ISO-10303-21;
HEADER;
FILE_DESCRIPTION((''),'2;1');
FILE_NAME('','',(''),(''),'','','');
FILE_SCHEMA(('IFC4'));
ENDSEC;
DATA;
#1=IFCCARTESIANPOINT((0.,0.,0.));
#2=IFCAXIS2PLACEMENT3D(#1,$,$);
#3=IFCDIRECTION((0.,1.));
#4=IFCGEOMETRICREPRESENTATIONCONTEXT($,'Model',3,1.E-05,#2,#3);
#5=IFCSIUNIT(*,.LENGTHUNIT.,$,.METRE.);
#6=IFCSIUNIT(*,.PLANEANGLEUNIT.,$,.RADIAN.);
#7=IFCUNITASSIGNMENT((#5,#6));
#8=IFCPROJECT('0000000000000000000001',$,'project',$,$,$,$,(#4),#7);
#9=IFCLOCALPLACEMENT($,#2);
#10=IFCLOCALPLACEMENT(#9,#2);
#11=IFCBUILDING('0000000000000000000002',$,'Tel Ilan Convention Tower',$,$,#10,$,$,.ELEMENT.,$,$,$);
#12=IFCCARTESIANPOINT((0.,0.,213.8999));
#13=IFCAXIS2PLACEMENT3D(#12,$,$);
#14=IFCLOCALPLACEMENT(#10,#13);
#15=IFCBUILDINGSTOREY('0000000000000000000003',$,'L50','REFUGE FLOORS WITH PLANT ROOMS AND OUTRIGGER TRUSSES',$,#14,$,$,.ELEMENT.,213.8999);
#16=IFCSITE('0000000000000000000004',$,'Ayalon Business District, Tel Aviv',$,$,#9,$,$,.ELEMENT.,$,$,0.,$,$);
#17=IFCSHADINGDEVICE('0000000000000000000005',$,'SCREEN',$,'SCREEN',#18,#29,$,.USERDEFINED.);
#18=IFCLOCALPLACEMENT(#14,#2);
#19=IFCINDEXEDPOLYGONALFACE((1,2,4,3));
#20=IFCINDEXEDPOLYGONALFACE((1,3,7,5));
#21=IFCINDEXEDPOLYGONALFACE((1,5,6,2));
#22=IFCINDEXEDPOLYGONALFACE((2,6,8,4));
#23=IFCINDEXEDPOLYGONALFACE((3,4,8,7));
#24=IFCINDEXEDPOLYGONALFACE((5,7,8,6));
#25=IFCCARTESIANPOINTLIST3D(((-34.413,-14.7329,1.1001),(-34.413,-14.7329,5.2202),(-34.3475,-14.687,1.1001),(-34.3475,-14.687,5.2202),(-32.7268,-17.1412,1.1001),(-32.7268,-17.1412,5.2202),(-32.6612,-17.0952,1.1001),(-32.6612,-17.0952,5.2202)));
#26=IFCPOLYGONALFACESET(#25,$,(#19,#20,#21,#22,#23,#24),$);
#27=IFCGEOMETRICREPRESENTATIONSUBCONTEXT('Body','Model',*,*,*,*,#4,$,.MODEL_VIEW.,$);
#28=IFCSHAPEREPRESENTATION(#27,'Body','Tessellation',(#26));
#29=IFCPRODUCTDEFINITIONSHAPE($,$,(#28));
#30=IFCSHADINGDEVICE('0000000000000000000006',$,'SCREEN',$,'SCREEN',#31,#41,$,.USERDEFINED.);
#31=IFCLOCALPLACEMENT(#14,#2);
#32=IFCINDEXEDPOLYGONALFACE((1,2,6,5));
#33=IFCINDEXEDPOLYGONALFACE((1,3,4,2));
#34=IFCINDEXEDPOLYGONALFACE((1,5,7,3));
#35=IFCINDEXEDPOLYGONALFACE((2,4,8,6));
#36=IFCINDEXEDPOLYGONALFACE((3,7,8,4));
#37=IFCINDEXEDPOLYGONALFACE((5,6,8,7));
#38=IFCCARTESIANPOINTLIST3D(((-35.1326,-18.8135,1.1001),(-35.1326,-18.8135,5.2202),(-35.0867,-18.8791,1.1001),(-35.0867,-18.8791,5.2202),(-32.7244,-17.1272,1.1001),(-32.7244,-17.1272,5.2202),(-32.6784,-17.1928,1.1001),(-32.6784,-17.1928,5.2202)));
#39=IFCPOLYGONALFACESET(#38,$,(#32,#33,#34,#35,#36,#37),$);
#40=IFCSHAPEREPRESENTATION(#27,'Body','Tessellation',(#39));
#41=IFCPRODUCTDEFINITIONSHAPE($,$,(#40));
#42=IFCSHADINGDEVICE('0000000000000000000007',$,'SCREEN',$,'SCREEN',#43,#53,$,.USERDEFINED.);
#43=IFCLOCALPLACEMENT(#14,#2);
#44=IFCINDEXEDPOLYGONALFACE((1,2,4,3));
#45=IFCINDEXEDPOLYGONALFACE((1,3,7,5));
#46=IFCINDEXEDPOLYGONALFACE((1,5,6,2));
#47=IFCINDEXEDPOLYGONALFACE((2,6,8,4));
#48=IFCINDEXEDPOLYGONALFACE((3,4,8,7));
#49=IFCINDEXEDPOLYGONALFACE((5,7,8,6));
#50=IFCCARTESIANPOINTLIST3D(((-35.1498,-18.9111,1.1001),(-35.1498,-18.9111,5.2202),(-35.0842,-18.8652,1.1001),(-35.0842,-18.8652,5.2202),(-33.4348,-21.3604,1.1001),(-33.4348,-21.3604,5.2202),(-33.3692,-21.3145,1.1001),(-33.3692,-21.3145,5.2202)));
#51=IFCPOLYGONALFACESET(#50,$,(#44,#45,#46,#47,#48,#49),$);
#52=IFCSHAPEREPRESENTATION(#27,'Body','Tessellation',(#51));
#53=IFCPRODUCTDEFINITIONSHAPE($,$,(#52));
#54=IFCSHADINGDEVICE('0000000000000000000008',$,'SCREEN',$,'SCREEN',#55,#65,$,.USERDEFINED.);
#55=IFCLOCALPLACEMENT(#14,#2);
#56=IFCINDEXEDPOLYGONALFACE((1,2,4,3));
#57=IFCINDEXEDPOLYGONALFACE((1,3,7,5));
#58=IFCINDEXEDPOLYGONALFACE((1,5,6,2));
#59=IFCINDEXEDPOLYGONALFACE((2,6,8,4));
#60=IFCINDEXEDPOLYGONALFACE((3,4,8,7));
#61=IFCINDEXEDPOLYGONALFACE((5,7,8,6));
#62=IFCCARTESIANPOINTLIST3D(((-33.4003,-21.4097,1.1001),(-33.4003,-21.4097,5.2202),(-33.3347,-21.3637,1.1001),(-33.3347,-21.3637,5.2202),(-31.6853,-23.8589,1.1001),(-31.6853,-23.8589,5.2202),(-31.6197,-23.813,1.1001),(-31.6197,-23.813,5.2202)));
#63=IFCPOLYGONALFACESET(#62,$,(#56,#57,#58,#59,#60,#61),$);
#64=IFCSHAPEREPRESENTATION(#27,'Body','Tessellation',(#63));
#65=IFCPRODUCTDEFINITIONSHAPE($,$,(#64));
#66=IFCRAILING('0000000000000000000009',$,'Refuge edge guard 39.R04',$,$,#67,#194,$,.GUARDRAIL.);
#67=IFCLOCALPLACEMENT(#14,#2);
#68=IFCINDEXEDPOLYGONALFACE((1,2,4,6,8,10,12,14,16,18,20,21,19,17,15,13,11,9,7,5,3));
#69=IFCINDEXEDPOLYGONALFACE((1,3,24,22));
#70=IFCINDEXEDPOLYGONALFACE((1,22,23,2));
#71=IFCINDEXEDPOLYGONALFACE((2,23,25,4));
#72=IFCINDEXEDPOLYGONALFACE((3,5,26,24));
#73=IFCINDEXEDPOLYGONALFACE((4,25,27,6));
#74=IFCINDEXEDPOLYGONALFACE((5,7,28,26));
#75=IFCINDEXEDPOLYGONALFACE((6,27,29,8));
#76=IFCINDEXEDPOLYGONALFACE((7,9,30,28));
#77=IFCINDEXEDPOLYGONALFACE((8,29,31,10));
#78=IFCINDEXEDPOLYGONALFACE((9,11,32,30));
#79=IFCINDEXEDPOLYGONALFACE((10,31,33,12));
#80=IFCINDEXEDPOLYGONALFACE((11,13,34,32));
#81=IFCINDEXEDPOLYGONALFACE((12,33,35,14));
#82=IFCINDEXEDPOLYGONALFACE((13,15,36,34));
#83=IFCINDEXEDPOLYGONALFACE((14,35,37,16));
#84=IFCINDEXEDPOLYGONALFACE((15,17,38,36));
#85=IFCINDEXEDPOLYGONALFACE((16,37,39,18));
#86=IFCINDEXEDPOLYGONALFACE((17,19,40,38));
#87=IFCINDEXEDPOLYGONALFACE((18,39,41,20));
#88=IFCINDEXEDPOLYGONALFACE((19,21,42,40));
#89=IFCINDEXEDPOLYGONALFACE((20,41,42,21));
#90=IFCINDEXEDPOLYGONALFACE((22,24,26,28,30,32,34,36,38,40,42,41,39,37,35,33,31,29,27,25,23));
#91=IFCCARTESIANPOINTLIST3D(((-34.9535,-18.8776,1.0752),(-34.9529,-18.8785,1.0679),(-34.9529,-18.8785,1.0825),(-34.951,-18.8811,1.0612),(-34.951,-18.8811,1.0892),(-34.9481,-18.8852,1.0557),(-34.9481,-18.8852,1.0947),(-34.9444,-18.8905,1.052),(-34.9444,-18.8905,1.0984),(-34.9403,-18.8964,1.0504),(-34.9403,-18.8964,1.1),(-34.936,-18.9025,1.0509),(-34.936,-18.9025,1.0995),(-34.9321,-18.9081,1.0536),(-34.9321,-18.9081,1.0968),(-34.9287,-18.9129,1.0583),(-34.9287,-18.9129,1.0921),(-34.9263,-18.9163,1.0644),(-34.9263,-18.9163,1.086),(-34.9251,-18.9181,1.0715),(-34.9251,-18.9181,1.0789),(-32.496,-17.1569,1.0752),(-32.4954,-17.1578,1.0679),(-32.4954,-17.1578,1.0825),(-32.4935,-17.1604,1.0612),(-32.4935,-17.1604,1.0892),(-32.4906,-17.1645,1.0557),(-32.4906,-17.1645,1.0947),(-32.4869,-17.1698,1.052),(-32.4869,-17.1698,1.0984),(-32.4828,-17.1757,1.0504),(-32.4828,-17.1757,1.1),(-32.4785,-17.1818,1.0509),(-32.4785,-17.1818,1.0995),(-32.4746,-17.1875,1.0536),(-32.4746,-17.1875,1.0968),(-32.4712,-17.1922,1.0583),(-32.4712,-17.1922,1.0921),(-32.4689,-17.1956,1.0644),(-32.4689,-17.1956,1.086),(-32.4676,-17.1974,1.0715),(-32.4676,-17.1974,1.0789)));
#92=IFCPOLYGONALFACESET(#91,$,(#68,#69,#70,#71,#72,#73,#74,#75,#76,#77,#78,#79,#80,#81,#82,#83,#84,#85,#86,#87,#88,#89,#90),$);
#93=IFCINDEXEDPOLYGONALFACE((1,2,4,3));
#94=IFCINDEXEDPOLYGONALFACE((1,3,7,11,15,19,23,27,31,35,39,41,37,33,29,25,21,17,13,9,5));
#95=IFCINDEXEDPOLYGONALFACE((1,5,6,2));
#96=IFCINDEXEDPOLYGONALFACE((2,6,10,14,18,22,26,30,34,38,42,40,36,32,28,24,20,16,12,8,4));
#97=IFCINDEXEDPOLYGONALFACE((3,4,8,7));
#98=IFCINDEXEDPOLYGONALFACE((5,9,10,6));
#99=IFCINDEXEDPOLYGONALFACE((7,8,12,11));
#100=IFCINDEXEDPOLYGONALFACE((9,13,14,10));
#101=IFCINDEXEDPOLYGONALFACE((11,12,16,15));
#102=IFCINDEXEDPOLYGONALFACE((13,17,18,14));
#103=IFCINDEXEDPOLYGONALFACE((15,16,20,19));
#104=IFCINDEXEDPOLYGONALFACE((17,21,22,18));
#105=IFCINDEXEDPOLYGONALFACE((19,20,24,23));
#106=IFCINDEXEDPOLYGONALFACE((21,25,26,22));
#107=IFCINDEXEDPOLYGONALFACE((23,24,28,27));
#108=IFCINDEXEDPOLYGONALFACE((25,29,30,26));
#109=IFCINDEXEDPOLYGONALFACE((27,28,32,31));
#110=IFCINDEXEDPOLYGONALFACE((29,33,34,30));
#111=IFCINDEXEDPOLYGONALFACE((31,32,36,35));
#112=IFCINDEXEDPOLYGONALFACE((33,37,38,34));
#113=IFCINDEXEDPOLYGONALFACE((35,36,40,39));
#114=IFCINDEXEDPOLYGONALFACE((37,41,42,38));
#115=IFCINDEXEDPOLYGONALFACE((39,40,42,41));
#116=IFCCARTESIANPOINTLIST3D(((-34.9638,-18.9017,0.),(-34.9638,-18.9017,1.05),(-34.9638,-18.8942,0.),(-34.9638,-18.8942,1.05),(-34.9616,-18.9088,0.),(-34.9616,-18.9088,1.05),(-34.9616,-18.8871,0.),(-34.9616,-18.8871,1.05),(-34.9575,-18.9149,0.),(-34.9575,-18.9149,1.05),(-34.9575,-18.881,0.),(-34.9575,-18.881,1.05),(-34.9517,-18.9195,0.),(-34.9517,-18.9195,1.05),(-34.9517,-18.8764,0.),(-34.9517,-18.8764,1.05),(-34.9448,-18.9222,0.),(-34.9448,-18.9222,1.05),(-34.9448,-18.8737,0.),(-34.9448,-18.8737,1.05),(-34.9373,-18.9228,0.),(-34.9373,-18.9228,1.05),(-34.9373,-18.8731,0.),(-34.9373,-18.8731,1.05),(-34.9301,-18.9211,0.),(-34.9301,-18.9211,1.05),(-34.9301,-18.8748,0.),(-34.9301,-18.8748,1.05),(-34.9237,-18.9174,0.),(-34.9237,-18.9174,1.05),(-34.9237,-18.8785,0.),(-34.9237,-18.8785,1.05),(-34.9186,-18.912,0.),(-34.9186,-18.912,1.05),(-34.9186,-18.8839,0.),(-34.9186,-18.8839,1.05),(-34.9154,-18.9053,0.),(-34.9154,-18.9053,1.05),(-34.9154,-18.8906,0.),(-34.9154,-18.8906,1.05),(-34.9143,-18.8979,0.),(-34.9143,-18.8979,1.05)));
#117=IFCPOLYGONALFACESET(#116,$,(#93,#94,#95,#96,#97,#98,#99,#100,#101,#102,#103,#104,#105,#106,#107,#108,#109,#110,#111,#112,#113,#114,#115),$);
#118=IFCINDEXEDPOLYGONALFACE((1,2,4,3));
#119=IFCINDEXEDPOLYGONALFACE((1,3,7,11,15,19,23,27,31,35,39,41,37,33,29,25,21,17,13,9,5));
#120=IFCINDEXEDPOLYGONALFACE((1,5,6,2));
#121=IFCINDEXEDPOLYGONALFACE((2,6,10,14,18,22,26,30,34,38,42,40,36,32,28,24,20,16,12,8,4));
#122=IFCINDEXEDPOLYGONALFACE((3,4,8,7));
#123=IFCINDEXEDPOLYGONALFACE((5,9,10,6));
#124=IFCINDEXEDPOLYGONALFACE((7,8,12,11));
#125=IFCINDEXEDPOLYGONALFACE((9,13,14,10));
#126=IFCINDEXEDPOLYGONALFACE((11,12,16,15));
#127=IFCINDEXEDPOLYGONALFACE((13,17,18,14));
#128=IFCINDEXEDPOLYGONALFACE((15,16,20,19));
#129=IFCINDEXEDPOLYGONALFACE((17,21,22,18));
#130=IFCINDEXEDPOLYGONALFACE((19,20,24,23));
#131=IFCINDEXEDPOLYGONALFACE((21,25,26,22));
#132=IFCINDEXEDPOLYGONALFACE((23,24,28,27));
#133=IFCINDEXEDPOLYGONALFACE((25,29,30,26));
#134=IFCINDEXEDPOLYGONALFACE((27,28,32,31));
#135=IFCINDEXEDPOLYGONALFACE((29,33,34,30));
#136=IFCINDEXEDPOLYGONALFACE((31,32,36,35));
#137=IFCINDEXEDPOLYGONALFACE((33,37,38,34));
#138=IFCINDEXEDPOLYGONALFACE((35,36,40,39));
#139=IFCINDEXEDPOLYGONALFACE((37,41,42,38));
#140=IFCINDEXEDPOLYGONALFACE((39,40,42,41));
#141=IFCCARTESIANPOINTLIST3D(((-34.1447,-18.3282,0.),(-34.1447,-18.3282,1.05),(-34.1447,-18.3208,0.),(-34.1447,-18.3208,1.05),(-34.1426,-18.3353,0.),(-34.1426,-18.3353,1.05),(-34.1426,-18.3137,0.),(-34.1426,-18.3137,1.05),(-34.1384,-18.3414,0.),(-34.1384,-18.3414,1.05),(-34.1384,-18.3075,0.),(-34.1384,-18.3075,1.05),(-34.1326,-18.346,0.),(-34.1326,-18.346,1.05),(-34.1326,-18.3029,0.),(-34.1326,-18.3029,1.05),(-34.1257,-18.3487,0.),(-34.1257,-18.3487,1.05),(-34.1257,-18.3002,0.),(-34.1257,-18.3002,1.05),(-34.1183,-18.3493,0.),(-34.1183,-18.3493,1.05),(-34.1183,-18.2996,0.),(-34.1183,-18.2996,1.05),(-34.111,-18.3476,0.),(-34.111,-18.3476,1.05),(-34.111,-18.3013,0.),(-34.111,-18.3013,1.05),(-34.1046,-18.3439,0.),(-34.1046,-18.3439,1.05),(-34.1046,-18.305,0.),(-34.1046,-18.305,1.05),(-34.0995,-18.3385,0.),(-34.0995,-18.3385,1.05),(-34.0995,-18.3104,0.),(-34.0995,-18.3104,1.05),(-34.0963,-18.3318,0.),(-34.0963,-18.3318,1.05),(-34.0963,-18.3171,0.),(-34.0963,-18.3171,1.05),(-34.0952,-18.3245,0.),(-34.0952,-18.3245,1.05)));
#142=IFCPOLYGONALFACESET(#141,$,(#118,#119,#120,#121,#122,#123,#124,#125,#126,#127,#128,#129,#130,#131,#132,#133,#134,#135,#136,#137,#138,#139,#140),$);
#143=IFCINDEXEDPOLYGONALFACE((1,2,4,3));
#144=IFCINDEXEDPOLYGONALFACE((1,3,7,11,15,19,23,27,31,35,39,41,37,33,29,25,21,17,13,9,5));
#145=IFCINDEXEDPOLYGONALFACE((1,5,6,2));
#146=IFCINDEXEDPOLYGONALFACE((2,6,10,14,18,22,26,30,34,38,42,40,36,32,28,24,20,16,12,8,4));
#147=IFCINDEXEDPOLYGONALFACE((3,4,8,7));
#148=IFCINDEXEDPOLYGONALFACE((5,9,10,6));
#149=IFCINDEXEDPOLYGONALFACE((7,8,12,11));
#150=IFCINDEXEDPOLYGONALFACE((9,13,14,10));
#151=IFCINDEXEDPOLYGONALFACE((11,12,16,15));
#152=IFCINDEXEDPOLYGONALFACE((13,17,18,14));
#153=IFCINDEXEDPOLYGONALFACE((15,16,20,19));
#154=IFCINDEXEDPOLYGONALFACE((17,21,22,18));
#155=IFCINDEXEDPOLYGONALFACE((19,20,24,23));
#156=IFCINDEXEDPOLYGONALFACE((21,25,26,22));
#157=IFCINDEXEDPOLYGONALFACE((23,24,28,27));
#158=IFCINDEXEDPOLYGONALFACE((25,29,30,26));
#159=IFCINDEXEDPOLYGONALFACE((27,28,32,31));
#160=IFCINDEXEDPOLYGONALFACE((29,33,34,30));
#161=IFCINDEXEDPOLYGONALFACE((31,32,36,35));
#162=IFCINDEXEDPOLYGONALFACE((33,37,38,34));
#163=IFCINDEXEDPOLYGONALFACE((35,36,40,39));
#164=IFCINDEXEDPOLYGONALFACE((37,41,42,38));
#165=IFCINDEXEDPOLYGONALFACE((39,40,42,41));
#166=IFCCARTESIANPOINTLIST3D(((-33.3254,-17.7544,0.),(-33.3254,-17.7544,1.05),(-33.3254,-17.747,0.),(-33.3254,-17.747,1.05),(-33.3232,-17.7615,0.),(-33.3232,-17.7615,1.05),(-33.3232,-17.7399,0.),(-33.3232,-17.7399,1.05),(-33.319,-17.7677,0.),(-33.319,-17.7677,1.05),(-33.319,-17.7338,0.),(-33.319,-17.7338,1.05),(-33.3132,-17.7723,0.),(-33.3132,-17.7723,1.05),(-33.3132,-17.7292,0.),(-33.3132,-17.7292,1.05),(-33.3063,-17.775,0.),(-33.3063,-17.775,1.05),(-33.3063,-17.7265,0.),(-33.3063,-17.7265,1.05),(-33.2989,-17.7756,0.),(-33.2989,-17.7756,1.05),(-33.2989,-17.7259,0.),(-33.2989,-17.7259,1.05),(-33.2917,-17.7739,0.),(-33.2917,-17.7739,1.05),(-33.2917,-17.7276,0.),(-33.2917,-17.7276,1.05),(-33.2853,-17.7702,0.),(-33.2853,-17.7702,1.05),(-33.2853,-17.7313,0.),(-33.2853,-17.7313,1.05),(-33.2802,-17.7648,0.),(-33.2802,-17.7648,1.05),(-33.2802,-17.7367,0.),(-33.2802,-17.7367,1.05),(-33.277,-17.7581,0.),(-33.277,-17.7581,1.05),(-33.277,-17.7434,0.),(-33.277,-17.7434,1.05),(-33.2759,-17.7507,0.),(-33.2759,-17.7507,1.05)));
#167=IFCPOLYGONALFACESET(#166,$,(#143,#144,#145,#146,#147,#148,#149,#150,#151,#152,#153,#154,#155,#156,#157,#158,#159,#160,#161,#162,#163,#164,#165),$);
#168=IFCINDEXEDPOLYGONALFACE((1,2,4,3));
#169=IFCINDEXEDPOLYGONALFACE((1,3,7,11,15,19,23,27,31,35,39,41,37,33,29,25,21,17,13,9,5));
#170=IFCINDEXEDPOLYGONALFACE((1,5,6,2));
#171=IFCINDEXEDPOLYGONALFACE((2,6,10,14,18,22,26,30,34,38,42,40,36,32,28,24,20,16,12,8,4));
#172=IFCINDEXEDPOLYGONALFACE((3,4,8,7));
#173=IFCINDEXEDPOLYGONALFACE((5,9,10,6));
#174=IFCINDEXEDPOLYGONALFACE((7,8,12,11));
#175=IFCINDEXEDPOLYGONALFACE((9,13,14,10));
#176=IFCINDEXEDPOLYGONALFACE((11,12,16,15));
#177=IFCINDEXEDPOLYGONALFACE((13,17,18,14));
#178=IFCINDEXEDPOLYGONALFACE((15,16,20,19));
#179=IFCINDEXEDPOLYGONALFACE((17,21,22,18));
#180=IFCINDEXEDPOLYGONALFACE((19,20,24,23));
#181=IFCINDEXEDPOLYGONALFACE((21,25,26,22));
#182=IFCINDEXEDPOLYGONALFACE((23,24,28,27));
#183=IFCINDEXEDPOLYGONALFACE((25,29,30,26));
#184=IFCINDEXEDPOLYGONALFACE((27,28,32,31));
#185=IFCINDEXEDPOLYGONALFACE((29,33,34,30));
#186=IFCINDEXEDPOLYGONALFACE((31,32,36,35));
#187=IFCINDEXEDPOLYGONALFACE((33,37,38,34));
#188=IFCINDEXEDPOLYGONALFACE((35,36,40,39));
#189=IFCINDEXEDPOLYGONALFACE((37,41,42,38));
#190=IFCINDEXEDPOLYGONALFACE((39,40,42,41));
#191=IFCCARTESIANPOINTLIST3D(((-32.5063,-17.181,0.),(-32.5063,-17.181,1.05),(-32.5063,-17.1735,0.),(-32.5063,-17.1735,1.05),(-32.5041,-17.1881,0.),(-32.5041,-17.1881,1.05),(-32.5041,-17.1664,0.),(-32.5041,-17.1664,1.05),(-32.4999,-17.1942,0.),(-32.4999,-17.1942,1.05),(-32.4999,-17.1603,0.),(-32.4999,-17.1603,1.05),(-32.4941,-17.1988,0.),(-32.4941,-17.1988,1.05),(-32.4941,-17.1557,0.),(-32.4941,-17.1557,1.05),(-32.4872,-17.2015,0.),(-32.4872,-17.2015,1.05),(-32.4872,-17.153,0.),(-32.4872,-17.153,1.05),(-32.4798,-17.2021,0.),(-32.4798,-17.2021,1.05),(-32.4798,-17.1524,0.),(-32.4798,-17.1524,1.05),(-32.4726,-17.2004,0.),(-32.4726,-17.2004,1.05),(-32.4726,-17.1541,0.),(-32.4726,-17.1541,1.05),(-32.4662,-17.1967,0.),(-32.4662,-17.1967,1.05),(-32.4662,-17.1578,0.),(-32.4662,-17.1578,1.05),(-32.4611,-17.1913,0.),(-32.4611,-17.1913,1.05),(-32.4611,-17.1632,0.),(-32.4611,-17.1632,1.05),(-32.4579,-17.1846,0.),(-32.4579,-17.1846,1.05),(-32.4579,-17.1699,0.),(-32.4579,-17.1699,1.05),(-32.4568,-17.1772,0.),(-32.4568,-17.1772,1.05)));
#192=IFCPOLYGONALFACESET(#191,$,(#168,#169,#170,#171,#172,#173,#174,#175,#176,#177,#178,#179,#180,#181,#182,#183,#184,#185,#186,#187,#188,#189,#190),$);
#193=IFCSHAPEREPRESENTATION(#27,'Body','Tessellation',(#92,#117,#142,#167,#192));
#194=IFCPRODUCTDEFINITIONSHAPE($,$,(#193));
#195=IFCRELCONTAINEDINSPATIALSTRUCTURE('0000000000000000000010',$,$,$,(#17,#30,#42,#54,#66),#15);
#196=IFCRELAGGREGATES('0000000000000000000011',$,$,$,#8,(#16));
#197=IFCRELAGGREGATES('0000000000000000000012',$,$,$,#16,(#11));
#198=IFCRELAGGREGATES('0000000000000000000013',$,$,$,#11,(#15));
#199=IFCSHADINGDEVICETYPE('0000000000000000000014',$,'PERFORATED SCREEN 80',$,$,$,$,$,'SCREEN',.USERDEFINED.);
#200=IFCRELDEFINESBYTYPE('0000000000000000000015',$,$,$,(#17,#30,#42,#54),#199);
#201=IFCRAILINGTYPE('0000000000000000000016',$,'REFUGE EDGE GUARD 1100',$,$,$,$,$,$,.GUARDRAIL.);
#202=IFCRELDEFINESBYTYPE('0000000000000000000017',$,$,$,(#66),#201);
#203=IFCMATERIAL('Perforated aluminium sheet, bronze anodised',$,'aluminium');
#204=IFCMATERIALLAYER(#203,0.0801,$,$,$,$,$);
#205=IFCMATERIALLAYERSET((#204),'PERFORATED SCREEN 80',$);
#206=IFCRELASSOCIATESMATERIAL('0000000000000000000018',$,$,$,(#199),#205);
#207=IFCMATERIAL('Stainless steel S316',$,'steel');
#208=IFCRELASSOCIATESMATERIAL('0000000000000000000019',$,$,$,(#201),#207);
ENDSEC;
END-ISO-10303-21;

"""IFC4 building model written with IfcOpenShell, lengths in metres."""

from ifc_helpers import new_model, si_unit, direction, frame, origin, origin_2d, place, context, subcontext, project, spatial, rectangle, circle, extrude, material, layer, layer_set, type_object, element, save


model = new_model("IFC4")

# Units and contexts
model_context = context("Model", 3, precision=1e-05, world=origin(), true_north=direction((0.0, 1.0)))
body_context = subcontext(model_context, "Body", "Model", "MODEL_VIEW")
ifc_project = project(units=[si_unit("LENGTHUNIT", "METRE"), si_unit("PLANEANGLEUNIT", "RADIAN")], contexts=[model_context])

# Site, building, storey
site_placement = place(None, origin())
site = spatial("IfcSite", under=ifc_project, at=site_placement, Name="Ayalon Business District, Tel Aviv", CompositionType="ELEMENT", RefElevation=0.0)
building_placement = place(site_placement, origin())
building = spatial("IfcBuilding", under=site, at=building_placement, Name="Tel Ilan Convention Tower", CompositionType="ELEMENT")
storey_placement = place(building_placement, frame((0.0, 0.0, 213.8999)))
storey = spatial("IfcBuildingStorey", under=building, at=storey_placement, Name="L50", Description="REFUGE FLOORS WITH PLANT ROOMS AND OUTRIGGER TRUSSES", CompositionType="ELEMENT", Elevation=213.8999)

# Shading devices
ifc_material_1 = material(Name="Perforated aluminium sheet, bronze anodised", Category="aluminium")
ifc_layer_1 = layer(ifc_material_1, 0.0801)
ifc_layer_set_1 = layer_set([ifc_layer_1], Name="PERFORATED SCREEN 80")
shading_device_type_1 = type_object("IfcShadingDeviceType", Name="PERFORATED SCREEN 80", ElementType="SCREEN", PredefinedType="USERDEFINED", material=ifc_layer_set_1)
for number, where, z_axis, x_axis, name in (
    (1, (-33.5371, -15.9141, 1.1001), (0.0, 0.0, 1.0), (0.573576, -0.819152, 0.0), "SCREEN"),
    (2, (-33.9055, -18.0032, 1.1001), (0.0, 0.0, 1.0), (-0.819152, -0.573576, 0.0), "SCREEN"),
):
    element("IfcShadingDevice", number, at=place(storey_placement, frame(where, z_axis=z_axis, x_axis=x_axis)), inside=storey, type_object=shading_device_type_1, Name=name, ObjectType="SCREEN", PredefinedType="USERDEFINED", context=body_context, shape_type="SweptSolid", body=[
        extrude(rectangle(XDim=2.9399, YDim=0.0801, at=origin_2d()), origin(), (0.0, 0.0, 1.0), 4.1201),
    ])
for number, where, z_axis, x_axis, name in (
    (3, (-34.2595, -20.1128, 1.1001), (0.0, 0.0, 1.0), (0.573576, -0.819152, 0.0), "SCREEN"),
    (4, (-32.51, -22.6113, 1.1001), (0.0, 0.0, 1.0), (0.573576, -0.819152, 0.0), "SCREEN"),
):
    element("IfcShadingDevice", number, at=place(storey_placement, frame(where, z_axis=z_axis, x_axis=x_axis)), inside=storey, type_object=shading_device_type_1, Name=name, ObjectType="SCREEN", PredefinedType="USERDEFINED", context=body_context, shape_type="SweptSolid", body=[
        extrude(rectangle(XDim=2.99, YDim=0.0801, at=origin_2d()), origin(), (0.0, 0.0, 1.0), 4.1201),
    ])

# Railing
ifc_material_2 = material(Name="Stainless steel S316", Category="steel")
railing_type = type_object("IfcRailingType", Name="REFUGE EDGE GUARD 1100", PredefinedType="GUARDRAIL", material=ifc_material_2)
railing_1_placement = place(storey_placement, frame((-34.9392, -18.8979, 0.0)))
element("IfcRailing", 5, at=railing_1_placement, inside=storey, type_object=railing_type, Name="Refuge edge guard 39.R04", PredefinedType="GUARDRAIL", context=body_context, shape_type="SweptSolid", body=[
    extrude(circle(Radius=0.0249, at=origin_2d()), frame((0.0, 0.0, 1.0752), z_axis=(0.819163, 0.573561, 0.0), x_axis=(-0.573561, 0.819163, 0.0)), (0.0, 0.0, 1.0), 3.0),
    extrude(circle(Radius=0.0249, at=origin_2d()), origin(), (0.0, 0.0, 1.0), 1.05),
    extrude(circle(Radius=0.0249, at=origin_2d()), frame((0.8191, 0.5735, 0.0)), (0.0, 0.0, 1.0), 1.05),
    extrude(circle(Radius=0.0249, at=origin_2d()), frame((1.6384, 1.1472, 0.0)), (0.0, 0.0, 1.0), 1.05),
    extrude(circle(Radius=0.0249, at=origin_2d()), frame((2.4575, 1.7207, 0.0)), (0.0, 0.0, 1.0), 1.05),
])

save(model, "model.ifc")
